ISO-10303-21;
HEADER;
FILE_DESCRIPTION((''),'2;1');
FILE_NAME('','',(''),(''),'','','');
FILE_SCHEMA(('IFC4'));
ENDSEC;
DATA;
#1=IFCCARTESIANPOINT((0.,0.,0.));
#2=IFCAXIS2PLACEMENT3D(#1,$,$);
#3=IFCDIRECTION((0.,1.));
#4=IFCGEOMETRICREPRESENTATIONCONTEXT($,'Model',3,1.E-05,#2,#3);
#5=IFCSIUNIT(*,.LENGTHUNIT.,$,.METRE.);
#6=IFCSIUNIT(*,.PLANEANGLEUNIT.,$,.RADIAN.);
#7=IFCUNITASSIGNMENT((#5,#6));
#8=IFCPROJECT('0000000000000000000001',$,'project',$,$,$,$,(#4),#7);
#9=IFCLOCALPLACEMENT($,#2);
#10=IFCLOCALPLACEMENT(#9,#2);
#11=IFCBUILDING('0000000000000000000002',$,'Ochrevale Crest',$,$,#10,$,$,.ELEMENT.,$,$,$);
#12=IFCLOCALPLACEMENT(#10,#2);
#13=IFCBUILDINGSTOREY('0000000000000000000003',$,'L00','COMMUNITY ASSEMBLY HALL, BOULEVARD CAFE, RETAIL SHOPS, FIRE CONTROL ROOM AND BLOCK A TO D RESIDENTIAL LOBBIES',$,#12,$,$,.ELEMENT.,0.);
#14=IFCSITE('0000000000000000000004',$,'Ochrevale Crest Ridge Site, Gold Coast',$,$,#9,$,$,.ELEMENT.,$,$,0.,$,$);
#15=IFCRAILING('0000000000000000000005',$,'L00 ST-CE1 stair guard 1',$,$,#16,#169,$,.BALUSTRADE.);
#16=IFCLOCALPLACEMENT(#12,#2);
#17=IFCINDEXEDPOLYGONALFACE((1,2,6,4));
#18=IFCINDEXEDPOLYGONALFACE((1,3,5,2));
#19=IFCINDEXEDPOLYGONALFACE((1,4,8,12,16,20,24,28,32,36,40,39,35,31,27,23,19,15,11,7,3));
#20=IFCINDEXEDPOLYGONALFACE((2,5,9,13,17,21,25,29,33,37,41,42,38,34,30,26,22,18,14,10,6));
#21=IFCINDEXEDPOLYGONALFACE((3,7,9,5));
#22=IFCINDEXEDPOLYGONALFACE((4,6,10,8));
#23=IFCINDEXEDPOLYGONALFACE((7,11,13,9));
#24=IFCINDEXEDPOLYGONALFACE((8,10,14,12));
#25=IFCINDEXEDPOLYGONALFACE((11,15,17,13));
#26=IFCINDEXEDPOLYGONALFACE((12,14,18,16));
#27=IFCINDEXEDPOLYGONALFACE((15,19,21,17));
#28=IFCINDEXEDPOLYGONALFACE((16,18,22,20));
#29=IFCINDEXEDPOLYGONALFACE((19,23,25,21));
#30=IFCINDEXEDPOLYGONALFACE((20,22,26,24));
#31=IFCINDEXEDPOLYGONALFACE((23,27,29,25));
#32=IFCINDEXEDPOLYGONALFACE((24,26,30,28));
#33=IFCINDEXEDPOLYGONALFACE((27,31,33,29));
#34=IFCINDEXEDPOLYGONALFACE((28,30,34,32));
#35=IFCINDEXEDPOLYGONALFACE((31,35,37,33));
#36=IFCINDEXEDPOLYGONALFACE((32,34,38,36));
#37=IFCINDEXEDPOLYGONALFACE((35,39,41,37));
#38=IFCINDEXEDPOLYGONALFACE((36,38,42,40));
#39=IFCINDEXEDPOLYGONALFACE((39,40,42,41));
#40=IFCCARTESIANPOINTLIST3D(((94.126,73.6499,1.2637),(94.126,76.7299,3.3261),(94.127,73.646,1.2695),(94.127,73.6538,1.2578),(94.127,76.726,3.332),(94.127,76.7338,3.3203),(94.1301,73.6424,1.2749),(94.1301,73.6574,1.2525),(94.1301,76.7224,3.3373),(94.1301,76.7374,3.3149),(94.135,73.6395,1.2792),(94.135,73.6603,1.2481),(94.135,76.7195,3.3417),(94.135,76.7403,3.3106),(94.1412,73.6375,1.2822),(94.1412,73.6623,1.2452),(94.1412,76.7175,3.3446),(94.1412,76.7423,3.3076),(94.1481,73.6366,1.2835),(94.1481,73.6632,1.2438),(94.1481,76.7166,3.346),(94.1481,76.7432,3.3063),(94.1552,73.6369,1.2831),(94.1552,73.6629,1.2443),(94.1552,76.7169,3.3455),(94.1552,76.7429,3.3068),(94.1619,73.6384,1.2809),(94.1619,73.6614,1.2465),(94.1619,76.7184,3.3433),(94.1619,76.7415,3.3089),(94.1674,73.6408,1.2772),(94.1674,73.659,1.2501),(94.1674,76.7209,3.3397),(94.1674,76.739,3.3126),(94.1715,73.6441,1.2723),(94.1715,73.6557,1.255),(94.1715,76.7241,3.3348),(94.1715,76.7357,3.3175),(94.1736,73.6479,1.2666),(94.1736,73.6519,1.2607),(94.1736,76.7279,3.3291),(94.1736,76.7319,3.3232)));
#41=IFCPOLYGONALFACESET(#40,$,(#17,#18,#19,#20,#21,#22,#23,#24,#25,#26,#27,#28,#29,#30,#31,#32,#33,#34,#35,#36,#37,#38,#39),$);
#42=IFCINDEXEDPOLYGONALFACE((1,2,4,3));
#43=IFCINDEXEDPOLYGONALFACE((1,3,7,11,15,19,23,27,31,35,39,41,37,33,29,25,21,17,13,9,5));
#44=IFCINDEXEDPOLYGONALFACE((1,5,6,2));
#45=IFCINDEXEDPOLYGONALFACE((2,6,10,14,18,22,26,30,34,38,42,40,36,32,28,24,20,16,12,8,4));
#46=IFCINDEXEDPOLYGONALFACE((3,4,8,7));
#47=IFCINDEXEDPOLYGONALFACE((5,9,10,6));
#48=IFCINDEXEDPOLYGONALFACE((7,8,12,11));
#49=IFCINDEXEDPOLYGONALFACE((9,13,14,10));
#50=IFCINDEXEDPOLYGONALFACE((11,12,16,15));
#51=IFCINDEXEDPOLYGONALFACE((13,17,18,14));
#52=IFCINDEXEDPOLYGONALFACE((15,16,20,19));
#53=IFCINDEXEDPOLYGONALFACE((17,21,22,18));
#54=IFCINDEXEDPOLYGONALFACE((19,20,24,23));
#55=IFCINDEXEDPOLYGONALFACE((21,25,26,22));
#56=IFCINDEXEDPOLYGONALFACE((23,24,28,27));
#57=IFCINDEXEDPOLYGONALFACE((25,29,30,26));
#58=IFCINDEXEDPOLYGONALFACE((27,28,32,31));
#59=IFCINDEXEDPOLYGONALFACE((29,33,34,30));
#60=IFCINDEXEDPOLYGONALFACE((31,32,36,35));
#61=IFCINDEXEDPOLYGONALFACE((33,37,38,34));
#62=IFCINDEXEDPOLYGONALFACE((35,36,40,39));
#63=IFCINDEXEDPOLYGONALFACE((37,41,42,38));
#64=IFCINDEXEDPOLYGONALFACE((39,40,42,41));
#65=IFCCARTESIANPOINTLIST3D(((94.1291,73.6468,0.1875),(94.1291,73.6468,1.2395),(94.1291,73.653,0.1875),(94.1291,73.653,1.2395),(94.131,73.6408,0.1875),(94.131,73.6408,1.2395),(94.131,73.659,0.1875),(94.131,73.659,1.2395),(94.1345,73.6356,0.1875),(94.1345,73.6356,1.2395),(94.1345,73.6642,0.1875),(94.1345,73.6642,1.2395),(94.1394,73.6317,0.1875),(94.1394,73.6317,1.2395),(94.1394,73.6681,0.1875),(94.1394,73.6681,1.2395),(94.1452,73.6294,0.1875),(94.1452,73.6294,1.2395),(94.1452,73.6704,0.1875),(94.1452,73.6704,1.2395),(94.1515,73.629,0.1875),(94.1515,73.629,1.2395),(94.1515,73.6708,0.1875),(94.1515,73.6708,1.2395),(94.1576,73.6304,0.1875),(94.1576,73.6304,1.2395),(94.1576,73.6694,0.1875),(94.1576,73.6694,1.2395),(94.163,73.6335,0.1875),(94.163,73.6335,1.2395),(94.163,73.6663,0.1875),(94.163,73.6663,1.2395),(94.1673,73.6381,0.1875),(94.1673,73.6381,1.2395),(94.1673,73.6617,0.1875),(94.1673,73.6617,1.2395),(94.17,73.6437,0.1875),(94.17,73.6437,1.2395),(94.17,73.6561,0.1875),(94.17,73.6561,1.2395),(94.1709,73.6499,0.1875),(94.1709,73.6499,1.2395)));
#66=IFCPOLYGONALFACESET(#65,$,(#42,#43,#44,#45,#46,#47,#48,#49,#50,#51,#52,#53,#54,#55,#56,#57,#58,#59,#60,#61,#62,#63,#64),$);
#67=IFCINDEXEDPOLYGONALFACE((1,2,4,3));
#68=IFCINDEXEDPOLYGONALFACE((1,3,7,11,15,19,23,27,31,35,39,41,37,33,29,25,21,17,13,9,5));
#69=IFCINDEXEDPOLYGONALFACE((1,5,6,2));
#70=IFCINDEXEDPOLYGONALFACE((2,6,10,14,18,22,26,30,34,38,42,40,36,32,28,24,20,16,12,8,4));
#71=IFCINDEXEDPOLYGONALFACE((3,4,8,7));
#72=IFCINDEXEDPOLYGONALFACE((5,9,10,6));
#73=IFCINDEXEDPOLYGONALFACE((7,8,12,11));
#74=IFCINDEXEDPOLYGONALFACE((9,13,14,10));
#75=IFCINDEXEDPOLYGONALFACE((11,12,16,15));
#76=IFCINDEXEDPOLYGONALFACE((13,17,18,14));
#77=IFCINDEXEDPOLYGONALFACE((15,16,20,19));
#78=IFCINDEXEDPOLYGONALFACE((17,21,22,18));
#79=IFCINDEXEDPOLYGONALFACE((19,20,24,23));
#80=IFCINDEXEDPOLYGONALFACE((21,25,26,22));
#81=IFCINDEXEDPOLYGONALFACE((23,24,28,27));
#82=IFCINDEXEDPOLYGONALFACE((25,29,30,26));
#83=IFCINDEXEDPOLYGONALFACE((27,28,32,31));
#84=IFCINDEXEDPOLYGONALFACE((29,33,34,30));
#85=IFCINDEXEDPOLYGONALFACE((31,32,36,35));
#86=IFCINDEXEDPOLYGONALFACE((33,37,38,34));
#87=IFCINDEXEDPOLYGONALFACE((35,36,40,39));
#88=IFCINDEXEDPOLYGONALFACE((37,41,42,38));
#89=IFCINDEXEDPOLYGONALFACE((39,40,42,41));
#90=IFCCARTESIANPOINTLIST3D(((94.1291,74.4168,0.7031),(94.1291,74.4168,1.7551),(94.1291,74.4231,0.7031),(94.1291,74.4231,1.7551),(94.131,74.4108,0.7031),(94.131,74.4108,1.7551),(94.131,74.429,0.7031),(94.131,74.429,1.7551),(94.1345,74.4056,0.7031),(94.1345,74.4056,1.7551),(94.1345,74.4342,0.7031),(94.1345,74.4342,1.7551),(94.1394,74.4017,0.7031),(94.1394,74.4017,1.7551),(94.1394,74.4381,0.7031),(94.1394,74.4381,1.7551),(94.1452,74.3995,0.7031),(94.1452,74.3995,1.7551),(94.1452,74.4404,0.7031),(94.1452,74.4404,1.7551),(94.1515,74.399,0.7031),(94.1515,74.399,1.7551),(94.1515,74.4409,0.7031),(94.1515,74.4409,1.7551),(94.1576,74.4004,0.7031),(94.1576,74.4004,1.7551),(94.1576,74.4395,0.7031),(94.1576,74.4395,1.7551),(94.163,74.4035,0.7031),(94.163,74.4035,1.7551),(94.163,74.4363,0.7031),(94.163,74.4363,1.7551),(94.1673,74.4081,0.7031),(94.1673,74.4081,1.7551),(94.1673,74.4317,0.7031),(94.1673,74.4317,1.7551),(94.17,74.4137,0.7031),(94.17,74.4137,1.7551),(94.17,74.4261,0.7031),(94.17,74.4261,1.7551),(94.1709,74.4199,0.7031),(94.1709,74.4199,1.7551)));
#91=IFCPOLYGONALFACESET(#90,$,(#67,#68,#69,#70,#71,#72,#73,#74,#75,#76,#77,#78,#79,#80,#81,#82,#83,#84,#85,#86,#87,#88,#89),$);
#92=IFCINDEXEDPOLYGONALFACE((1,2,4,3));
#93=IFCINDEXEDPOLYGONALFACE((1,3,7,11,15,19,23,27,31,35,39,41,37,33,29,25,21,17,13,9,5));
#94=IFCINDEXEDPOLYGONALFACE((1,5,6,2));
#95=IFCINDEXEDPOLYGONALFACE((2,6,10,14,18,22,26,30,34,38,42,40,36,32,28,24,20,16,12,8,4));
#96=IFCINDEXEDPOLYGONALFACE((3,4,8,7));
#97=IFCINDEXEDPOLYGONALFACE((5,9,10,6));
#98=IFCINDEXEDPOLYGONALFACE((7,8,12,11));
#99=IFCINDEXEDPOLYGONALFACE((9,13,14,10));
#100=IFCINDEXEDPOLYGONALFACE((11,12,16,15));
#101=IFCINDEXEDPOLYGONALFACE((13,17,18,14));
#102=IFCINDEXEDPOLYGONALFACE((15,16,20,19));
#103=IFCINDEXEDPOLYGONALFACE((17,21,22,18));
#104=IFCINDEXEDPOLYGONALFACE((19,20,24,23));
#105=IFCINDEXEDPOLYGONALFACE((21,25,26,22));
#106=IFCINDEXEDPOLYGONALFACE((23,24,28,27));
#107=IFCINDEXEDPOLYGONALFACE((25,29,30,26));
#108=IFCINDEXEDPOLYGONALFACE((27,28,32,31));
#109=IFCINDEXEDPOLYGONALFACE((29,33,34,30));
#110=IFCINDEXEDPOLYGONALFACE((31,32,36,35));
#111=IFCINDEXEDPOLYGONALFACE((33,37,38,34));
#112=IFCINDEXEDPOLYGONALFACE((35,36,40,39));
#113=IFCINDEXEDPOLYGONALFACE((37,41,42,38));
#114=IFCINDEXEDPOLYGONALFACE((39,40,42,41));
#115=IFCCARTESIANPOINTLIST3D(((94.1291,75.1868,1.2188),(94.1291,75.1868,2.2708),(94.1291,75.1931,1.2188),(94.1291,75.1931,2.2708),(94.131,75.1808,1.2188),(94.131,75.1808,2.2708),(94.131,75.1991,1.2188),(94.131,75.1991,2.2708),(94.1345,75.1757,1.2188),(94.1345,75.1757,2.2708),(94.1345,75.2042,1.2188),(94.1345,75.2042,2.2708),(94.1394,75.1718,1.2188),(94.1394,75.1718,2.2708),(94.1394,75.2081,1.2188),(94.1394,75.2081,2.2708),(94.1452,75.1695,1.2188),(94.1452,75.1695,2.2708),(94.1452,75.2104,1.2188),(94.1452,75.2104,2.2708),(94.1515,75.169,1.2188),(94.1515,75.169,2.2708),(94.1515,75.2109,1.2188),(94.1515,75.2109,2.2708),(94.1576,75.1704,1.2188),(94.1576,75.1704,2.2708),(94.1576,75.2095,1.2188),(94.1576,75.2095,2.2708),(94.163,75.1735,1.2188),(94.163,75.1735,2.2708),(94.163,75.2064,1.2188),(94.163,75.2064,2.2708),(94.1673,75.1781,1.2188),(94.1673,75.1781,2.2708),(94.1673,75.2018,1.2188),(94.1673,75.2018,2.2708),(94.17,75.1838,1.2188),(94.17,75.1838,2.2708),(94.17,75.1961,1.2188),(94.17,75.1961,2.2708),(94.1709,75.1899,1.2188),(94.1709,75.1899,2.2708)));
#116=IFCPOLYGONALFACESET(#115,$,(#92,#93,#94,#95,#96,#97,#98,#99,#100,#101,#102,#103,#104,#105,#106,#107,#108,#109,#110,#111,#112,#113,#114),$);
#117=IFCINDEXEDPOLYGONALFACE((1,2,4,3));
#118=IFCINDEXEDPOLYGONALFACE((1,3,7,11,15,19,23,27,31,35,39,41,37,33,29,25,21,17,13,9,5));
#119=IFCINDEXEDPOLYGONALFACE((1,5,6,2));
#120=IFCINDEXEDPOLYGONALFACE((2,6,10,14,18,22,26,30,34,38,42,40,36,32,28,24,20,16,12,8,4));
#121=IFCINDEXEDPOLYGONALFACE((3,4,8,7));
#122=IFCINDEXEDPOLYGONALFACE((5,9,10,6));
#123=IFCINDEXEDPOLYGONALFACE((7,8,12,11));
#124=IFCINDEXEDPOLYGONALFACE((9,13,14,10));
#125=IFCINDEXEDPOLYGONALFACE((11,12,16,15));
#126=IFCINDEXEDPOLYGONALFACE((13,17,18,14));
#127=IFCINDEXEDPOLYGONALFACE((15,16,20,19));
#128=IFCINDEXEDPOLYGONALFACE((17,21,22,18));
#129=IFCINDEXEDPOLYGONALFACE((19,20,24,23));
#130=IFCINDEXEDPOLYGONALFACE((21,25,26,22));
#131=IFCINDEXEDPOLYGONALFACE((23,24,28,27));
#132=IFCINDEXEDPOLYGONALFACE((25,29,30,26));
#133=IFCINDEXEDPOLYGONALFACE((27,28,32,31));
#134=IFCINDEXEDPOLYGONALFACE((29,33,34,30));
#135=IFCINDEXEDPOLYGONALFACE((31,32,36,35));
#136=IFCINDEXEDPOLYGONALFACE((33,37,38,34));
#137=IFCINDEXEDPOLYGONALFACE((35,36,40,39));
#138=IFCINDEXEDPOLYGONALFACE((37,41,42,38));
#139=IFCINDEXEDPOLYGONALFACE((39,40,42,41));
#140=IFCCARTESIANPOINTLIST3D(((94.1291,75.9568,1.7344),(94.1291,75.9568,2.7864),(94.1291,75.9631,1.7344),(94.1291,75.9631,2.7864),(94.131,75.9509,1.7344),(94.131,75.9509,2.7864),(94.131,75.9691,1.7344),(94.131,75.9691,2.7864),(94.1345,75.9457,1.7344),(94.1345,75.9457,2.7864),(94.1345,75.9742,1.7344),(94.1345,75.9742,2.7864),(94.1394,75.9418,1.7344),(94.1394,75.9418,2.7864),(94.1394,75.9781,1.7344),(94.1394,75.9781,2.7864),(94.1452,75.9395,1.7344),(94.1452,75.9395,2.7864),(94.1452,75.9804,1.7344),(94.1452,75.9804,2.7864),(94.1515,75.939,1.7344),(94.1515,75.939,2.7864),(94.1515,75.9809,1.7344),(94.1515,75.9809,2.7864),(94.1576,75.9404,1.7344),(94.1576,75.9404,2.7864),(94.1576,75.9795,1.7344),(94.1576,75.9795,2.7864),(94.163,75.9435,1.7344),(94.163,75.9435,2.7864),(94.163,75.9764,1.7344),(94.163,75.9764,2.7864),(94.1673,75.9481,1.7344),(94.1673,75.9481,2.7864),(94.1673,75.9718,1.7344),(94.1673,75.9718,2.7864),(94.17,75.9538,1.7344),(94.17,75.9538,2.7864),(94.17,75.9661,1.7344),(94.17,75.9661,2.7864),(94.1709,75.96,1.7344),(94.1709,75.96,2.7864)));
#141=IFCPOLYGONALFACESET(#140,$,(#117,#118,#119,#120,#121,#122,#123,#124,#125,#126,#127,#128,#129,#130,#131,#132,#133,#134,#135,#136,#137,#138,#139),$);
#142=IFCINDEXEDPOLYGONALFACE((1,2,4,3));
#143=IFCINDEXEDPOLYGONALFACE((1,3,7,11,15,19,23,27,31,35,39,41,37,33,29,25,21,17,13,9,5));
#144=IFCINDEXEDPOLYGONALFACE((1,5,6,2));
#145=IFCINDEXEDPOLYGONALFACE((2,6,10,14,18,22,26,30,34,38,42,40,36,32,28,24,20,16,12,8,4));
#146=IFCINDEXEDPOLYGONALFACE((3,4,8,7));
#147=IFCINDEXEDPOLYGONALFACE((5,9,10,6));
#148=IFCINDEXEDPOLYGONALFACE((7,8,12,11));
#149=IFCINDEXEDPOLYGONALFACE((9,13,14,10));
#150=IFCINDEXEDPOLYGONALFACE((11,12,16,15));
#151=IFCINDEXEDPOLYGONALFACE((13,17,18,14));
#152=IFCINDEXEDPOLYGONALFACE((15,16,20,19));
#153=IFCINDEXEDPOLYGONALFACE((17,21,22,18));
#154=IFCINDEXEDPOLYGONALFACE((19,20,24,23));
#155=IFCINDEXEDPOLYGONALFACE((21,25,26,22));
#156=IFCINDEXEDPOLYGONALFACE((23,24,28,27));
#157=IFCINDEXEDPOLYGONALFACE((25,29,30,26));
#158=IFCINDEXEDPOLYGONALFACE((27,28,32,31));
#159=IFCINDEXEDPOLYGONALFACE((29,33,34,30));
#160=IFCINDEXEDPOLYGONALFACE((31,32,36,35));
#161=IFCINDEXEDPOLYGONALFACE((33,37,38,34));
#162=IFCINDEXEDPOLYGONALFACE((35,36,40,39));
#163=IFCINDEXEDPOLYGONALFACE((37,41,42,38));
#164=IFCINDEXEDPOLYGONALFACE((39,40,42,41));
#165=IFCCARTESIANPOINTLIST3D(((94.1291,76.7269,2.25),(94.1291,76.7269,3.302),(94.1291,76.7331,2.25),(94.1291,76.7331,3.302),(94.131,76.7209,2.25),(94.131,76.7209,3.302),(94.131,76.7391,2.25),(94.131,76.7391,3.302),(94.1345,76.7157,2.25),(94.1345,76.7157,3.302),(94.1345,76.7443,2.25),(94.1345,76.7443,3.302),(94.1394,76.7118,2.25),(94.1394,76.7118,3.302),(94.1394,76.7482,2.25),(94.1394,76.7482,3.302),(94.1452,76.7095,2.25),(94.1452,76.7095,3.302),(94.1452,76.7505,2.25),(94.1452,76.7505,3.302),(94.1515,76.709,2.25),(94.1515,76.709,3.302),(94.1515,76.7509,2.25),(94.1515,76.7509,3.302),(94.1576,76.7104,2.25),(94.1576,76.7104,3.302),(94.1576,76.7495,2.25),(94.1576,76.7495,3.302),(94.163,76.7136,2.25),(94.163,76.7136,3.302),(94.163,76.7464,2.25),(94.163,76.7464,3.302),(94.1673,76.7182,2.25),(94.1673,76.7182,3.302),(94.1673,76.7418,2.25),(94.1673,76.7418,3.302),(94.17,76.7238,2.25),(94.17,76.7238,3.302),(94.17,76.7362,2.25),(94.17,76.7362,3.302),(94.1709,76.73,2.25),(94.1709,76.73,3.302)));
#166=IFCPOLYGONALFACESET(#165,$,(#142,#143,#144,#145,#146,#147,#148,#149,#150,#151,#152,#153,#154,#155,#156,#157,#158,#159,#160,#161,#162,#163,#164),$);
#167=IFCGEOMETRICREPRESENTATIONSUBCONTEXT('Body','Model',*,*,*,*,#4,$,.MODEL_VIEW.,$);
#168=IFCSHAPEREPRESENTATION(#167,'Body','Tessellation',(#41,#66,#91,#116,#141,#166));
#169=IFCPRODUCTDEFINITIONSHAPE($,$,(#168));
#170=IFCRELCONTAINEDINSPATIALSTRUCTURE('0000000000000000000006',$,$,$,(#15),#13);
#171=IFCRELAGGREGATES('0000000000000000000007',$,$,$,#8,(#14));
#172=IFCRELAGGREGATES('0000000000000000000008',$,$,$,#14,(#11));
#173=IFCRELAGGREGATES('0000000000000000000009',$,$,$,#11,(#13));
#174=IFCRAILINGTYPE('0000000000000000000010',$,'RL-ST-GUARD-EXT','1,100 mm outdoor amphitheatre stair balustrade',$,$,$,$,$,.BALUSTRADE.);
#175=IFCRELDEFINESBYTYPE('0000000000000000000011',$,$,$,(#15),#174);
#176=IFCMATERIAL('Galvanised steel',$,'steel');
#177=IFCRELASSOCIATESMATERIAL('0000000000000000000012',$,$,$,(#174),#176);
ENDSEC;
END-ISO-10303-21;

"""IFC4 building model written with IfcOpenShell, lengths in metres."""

from ifc_helpers import new_model, si_unit, direction, frame, origin, origin_2d, place, context, subcontext, project, spatial, circle, extrude, material, type_object, element, save


model = new_model("IFC4")

# Units and contexts
model_context = context("Model", 3, precision=1e-05, world=origin(), true_north=direction((0.0, 1.0)))
body_context = subcontext(model_context, "Body", "Model", "MODEL_VIEW")
ifc_project = project(units=[si_unit("LENGTHUNIT", "METRE"), si_unit("PLANEANGLEUNIT", "RADIAN")], contexts=[model_context])

# Site, building, storey
site_placement = place(None, origin())
site = spatial("IfcSite", under=ifc_project, at=site_placement, Name="Ochrevale Crest Ridge Site, Gold Coast", CompositionType="ELEMENT", RefElevation=0.0)
building_placement = place(site_placement, origin())
building = spatial("IfcBuilding", under=site, at=building_placement, Name="Ochrevale Crest", CompositionType="ELEMENT")
storey_placement = place(building_placement, origin())
storey = spatial("IfcBuildingStorey", under=building, at=storey_placement, Name="L00", Description="COMMUNITY ASSEMBLY HALL, BOULEVARD CAFE, RETAIL SHOPS, FIRE CONTROL ROOM AND BLOCK A TO D RESIDENTIAL LOBBIES", CompositionType="ELEMENT", Elevation=0.0)

# Railing
ifc_material_1 = material(Name="Galvanised steel", Category="steel")
railing_type_1 = type_object("IfcRailingType", Name="RL-ST-GUARD-EXT", Description="1,100 mm outdoor amphitheatre stair balustrade", PredefinedType="BALUSTRADE", material=ifc_material_1)
railing_1_placement = place(storey_placement, frame((94.1499, 73.6499, 0.1875)))
element("IfcRailing", 1, at=railing_1_placement, inside=storey, type_object=railing_type_1, Name="L00 ST-CE1 stair guard 1", PredefinedType="BALUSTRADE", context=body_context, shape_type="SweptSolid", body=[
    extrude(circle(Radius=0.0239, at=origin_2d()), frame((0.0, 0.0, 1.0762), z_axis=(0.0, 0.830914, 0.556401), x_axis=(-1.0, 0.0, 0.0)), (0.0, 0.0, 1.0), 3.7068),
    extrude(circle(Radius=0.021, at=origin_2d()), origin(), (0.0, 0.0, 1.0), 1.052),
    extrude(circle(Radius=0.021, at=origin_2d()), frame((0.0, 0.77, 0.5156)), (0.0, 0.0, 1.0), 1.052),
    extrude(circle(Radius=0.021, at=origin_2d()), frame((0.0, 1.54, 1.0312)), (0.0, 0.0, 1.0), 1.052),
    extrude(circle(Radius=0.021, at=origin_2d()), frame((0.0, 2.3101, 1.5469)), (0.0, 0.0, 1.0), 1.052),
    extrude(circle(Radius=0.021, at=origin_2d()), frame((0.0, 3.0801, 2.0625)), (0.0, 0.0, 1.0), 1.052),
])

save(model, "model.ifc")
